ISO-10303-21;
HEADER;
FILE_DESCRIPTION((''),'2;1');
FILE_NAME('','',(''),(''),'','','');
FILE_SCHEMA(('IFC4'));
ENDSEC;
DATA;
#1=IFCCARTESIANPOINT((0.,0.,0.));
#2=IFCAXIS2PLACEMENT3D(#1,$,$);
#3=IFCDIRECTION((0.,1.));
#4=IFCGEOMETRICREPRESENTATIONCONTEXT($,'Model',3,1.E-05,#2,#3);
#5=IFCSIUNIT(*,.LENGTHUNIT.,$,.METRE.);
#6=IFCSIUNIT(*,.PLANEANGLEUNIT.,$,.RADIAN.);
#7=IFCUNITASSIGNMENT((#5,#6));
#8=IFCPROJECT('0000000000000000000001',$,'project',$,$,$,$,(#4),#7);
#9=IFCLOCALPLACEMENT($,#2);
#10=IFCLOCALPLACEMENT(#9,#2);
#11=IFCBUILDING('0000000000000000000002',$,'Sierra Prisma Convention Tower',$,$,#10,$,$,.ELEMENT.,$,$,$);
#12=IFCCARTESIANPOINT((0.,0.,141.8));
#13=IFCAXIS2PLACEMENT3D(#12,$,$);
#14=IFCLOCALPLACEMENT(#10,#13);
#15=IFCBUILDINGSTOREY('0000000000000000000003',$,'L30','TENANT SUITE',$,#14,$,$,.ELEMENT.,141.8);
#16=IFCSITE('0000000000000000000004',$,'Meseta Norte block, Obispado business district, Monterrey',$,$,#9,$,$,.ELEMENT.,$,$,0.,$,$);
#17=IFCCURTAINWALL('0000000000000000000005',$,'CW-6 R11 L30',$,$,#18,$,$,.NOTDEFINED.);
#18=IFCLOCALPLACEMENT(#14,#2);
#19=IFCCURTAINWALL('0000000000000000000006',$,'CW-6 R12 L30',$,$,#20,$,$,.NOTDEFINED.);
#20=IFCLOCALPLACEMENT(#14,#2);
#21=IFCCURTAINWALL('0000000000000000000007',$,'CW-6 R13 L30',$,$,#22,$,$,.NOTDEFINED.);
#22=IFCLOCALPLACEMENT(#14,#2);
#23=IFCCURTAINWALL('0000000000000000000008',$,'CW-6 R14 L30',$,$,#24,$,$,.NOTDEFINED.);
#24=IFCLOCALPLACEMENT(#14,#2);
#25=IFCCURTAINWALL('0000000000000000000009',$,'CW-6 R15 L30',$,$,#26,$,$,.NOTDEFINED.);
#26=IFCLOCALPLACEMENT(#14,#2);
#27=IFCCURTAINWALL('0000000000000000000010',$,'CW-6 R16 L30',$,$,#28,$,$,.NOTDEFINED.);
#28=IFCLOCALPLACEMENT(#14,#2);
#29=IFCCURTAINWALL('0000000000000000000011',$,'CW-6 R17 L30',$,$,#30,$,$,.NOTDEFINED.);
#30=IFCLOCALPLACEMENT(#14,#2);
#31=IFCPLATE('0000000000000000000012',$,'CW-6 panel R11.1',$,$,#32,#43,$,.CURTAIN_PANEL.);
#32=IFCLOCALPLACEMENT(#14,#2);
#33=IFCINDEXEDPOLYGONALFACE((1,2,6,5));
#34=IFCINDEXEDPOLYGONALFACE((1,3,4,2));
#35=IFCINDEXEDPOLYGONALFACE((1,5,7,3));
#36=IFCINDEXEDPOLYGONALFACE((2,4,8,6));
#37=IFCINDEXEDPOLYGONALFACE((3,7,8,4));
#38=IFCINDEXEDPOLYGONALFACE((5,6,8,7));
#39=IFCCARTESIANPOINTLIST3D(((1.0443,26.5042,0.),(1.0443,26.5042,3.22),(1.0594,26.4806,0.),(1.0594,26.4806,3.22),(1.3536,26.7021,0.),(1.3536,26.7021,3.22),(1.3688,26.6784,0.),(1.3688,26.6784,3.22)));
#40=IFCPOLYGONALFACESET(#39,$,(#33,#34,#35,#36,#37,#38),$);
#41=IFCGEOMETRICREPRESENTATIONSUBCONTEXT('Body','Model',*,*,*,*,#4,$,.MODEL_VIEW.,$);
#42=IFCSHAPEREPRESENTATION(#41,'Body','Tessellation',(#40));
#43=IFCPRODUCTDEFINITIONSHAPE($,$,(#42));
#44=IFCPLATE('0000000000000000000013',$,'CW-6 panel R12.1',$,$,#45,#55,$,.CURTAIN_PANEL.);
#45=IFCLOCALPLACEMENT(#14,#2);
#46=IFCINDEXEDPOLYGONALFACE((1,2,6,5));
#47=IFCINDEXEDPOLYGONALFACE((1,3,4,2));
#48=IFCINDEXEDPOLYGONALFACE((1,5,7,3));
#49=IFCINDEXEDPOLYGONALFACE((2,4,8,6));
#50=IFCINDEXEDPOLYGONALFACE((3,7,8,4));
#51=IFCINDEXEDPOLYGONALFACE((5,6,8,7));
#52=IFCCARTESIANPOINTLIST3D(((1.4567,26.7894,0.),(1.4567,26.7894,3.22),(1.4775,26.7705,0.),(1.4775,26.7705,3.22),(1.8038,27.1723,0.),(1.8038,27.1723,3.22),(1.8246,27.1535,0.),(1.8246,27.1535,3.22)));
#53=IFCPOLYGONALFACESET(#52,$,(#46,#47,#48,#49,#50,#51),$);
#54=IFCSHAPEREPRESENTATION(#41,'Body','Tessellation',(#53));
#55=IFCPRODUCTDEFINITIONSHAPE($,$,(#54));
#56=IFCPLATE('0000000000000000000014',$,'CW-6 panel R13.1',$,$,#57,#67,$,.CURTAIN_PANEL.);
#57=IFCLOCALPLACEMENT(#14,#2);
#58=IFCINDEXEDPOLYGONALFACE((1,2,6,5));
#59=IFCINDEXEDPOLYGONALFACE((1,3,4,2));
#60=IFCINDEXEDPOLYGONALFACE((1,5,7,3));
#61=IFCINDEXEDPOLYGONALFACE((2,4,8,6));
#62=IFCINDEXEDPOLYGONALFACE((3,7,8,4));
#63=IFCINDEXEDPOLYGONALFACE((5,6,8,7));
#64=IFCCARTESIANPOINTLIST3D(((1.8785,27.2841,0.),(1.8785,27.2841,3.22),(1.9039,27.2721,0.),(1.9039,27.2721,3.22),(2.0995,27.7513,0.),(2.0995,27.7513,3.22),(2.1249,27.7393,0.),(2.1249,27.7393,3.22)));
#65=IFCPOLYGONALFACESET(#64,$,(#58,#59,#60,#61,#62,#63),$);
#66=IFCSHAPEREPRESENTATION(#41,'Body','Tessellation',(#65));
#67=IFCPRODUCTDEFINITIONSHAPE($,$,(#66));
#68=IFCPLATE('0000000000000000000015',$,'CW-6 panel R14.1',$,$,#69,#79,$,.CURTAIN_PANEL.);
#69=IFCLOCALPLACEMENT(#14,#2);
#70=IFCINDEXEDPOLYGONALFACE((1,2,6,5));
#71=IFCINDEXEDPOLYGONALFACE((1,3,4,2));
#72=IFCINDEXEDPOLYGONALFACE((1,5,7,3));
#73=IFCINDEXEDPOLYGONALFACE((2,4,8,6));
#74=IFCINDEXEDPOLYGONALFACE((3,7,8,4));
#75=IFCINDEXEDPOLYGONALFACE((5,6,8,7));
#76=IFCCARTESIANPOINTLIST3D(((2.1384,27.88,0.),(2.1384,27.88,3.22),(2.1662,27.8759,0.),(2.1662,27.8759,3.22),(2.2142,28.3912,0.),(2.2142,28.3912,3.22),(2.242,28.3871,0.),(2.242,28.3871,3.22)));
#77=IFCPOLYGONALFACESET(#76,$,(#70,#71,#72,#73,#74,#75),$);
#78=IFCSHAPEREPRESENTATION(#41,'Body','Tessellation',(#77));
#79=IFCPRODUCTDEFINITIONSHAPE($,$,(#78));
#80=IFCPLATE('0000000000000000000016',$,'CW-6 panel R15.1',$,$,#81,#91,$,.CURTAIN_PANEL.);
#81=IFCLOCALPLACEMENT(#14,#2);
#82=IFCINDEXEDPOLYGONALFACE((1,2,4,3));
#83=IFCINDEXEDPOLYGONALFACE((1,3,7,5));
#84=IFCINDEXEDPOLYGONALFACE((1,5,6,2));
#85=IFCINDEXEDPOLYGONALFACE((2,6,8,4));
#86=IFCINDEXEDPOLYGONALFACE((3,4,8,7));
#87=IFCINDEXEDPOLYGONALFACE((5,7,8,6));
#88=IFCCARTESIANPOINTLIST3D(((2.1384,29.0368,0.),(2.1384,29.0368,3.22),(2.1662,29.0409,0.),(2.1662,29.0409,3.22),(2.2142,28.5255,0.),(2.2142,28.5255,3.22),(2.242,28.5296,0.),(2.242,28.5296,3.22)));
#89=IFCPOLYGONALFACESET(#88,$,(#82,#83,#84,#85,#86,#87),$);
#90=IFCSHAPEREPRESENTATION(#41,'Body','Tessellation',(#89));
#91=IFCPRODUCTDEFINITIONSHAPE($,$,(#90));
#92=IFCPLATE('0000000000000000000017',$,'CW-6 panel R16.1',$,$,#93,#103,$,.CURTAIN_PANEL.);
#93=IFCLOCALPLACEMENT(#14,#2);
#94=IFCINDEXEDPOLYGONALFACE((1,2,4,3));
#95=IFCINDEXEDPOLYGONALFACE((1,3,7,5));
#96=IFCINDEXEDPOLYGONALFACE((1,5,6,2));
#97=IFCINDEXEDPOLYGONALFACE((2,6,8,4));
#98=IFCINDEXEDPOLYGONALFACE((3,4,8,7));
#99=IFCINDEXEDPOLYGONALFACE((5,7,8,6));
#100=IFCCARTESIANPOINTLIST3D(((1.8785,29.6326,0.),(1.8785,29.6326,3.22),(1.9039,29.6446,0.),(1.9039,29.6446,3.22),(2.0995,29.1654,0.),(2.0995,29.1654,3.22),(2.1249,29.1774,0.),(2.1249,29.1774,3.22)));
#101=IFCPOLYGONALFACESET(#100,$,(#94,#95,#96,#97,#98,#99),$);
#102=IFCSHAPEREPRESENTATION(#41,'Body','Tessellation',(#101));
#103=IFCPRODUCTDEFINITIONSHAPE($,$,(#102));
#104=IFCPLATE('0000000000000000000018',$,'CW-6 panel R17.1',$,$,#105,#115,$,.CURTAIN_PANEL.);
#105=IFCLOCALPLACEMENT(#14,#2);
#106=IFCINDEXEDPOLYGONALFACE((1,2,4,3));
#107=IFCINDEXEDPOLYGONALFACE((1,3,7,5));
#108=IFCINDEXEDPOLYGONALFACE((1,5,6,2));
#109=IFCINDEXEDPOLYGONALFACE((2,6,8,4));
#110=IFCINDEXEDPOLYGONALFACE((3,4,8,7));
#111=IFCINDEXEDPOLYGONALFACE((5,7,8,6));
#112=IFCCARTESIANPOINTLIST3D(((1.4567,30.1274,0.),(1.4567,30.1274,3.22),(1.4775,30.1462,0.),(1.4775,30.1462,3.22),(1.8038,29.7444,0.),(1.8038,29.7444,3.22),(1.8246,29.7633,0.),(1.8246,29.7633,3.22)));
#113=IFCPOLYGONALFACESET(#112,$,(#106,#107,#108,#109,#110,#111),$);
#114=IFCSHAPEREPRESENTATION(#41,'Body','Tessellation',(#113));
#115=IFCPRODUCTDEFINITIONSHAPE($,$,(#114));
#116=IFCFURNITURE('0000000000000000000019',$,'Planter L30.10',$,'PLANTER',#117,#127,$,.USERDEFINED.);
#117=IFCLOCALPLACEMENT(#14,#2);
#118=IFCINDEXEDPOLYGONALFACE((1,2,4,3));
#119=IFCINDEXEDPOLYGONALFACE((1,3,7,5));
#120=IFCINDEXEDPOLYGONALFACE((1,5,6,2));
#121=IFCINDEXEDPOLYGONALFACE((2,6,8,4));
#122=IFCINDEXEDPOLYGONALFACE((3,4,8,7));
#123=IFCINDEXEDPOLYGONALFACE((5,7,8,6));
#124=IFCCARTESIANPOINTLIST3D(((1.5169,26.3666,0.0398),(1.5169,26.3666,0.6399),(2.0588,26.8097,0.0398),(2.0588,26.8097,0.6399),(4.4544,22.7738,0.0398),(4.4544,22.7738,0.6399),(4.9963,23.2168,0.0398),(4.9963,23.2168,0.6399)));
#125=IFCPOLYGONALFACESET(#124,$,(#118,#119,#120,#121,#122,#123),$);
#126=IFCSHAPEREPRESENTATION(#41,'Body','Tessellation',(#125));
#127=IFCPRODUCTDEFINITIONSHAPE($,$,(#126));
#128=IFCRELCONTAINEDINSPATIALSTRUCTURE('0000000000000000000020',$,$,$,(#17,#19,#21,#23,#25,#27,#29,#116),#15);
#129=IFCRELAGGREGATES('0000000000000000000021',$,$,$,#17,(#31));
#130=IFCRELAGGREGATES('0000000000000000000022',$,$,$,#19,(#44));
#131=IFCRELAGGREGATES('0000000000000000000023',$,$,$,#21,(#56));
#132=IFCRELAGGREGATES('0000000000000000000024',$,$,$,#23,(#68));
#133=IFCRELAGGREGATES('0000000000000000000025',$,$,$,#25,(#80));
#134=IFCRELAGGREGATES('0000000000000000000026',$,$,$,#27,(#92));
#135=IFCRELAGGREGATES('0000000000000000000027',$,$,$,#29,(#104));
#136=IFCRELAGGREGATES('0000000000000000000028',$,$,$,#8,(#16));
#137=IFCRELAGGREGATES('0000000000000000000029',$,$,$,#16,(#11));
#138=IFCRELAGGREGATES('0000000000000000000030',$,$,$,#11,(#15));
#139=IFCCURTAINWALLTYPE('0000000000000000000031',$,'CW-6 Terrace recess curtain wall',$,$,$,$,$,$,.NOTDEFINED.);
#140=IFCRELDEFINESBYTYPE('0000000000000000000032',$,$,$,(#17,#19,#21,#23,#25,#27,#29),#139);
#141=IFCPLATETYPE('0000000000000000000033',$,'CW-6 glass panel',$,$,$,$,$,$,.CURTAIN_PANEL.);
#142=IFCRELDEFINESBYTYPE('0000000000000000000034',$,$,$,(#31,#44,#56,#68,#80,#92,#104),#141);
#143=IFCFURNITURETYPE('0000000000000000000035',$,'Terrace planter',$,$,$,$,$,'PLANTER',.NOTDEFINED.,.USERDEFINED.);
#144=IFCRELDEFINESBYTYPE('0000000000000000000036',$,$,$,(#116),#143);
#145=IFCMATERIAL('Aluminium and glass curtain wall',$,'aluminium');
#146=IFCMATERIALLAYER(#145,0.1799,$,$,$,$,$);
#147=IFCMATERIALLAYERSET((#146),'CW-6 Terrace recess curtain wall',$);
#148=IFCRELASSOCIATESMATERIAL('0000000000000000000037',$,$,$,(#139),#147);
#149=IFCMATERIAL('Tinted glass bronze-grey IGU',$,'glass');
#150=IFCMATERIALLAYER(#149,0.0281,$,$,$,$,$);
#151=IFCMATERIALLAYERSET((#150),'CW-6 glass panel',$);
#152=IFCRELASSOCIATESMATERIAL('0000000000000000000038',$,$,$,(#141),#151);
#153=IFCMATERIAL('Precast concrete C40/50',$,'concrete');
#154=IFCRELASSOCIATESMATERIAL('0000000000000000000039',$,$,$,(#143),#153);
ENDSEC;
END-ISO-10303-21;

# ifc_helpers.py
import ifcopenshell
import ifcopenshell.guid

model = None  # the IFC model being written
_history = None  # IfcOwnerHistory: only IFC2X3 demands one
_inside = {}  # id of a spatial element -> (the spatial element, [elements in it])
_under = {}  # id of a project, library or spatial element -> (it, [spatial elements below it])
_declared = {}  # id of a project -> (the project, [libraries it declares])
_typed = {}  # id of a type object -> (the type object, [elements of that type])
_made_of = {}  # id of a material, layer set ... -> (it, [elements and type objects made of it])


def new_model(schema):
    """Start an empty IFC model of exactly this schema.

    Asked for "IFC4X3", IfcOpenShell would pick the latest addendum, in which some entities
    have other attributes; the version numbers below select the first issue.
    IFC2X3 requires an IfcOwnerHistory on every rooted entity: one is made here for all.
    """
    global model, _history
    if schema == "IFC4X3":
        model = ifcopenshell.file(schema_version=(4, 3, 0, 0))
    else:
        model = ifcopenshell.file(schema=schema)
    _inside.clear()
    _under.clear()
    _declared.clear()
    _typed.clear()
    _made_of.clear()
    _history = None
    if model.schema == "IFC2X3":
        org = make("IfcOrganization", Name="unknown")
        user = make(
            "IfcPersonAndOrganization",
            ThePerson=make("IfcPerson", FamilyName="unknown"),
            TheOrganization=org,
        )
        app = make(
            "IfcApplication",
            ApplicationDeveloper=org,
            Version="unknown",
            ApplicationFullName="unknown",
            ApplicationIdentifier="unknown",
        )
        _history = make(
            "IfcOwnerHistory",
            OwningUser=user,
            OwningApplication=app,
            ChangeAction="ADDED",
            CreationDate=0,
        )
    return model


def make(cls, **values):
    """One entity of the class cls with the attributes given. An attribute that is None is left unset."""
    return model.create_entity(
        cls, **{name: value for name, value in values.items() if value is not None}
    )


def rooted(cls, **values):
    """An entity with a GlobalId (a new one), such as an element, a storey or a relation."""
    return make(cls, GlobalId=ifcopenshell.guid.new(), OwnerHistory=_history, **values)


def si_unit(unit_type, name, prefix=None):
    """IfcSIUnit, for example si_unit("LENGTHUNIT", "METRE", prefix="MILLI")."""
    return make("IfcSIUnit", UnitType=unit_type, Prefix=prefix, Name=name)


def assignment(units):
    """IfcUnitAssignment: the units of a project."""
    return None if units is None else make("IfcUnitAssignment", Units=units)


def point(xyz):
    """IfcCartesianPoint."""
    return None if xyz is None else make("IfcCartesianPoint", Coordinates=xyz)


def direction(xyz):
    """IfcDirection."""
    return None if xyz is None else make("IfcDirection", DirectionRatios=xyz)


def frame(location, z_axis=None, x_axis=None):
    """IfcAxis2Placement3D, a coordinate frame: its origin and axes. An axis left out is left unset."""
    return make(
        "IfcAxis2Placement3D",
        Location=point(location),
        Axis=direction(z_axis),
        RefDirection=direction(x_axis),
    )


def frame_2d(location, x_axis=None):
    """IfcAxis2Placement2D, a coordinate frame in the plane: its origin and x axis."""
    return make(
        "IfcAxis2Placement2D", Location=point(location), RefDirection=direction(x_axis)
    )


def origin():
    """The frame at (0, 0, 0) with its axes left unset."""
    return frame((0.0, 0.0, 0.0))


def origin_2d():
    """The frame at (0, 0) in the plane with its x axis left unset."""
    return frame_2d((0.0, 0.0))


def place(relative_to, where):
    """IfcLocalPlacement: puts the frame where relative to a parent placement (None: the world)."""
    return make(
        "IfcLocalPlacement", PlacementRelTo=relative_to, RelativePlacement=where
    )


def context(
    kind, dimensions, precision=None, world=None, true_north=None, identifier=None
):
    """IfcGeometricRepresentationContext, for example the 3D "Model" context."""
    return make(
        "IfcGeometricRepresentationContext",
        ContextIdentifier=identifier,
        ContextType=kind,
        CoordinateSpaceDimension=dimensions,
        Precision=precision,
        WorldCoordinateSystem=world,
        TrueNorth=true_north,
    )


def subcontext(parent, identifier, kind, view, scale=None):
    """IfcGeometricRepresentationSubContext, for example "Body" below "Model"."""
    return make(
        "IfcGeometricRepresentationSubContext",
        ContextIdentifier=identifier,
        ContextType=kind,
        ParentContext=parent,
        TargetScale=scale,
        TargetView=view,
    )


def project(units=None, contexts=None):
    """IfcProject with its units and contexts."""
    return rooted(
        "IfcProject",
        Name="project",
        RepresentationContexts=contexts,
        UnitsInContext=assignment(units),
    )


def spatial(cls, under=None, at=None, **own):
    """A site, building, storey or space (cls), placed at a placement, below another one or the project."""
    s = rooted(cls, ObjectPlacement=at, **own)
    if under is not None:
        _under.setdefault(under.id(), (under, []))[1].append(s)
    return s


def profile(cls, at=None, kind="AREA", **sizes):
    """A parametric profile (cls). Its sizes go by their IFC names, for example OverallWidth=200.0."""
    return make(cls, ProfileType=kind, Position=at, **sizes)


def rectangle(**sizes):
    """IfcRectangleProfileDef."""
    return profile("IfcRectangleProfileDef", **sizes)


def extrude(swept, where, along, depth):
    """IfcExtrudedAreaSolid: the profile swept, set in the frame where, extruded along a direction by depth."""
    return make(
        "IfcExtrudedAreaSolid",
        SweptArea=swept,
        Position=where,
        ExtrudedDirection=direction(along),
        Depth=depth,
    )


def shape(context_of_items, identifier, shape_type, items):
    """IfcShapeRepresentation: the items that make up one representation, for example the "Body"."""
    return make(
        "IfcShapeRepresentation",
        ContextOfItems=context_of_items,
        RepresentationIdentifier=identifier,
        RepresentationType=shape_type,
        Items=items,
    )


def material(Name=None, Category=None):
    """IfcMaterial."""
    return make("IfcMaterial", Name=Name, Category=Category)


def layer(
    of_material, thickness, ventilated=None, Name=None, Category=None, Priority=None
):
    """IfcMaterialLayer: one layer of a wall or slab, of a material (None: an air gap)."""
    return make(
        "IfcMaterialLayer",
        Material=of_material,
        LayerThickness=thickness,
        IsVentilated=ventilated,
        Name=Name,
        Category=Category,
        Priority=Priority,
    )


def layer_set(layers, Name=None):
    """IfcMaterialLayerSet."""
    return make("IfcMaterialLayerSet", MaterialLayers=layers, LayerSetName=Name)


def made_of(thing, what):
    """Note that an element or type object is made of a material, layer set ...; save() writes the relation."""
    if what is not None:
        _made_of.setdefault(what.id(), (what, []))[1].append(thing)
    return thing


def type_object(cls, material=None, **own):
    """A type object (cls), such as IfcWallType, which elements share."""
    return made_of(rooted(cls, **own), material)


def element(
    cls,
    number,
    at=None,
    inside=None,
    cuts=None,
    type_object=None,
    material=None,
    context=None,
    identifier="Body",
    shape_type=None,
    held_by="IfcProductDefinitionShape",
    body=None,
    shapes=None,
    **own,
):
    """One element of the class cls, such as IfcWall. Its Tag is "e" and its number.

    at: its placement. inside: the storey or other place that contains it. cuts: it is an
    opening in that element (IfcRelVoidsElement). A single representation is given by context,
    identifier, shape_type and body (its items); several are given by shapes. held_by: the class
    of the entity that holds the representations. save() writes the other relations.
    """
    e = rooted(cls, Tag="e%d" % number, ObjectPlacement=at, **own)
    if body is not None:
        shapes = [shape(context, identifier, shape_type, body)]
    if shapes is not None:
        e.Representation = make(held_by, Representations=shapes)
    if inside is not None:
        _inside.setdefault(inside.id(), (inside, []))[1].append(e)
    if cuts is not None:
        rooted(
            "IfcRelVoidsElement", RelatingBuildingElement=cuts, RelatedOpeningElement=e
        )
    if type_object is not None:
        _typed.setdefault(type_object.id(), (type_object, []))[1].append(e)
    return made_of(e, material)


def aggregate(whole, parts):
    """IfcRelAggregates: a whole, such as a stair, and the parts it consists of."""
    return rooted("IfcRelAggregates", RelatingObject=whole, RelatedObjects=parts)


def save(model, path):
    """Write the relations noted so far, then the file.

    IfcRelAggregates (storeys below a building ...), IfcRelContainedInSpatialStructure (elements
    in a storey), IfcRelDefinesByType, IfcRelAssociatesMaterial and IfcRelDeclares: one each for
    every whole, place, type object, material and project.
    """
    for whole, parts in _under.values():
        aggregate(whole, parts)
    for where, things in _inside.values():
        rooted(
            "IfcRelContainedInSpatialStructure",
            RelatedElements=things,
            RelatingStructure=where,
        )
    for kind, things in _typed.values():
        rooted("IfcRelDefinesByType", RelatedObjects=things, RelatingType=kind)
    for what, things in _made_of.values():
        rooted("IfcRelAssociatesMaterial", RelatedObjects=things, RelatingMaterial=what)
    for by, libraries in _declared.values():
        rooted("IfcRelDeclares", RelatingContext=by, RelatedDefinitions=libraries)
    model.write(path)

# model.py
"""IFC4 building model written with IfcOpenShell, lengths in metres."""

from ifc_helpers import new_model, si_unit, direction, frame, origin, origin_2d, place, context, subcontext, project, spatial, rectangle, extrude, material, layer, layer_set, type_object, element, aggregate, save


model = new_model("IFC4")

# Units and contexts
model_context = context("Model", 3, precision=1e-05, world=origin(), true_north=direction((0.0, 1.0)))
body_context = subcontext(model_context, "Body", "Model", "MODEL_VIEW")
ifc_project = project(units=[si_unit("LENGTHUNIT", "METRE"), si_unit("PLANEANGLEUNIT", "RADIAN")], contexts=[model_context])

# Site, building, storey
site_placement = place(None, origin())
site = spatial("IfcSite", under=ifc_project, at=site_placement, Name="Meseta Norte block, Obispado business district, Monterrey", CompositionType="ELEMENT", RefElevation=0.0)
building_placement = place(site_placement, origin())
building = spatial("IfcBuilding", under=site, at=building_placement, Name="Sierra Prisma Convention Tower", CompositionType="ELEMENT")
storey_placement = place(building_placement, frame((0.0, 0.0, 141.8)))
storey = spatial("IfcBuildingStorey", under=building, at=storey_placement, Name="L30", Description="TENANT SUITE", CompositionType="ELEMENT", Elevation=141.8)

# Curtain walls
ifc_material_1 = material(Name="Aluminium and glass curtain wall", Category="aluminium")
ifc_layer_1 = layer(ifc_material_1, 0.1799)
ifc_layer_set_1 = layer_set([ifc_layer_1], Name="CW-6 Terrace recess curtain wall")
curtain_wall_type = type_object("IfcCurtainWallType", Name="CW-6 Terrace recess curtain wall", PredefinedType="NOTDEFINED", material=ifc_layer_set_1)
curtain_wall_1_placement = place(storey_placement, origin())
curtain_wall_1 = element("IfcCurtainWall", 1, at=curtain_wall_1_placement, inside=storey, type_object=curtain_wall_type, Name="CW-6 R11 L30", PredefinedType="NOTDEFINED")
curtain_wall_2_placement = place(storey_placement, origin())
curtain_wall_2 = element("IfcCurtainWall", 2, at=curtain_wall_2_placement, inside=storey, type_object=curtain_wall_type, Name="CW-6 R12 L30", PredefinedType="NOTDEFINED")
curtain_wall_3_placement = place(storey_placement, origin())
curtain_wall_3 = element("IfcCurtainWall", 3, at=curtain_wall_3_placement, inside=storey, type_object=curtain_wall_type, Name="CW-6 R13 L30", PredefinedType="NOTDEFINED")
curtain_wall_4_placement = place(storey_placement, origin())
curtain_wall_4 = element("IfcCurtainWall", 4, at=curtain_wall_4_placement, inside=storey, type_object=curtain_wall_type, Name="CW-6 R14 L30", PredefinedType="NOTDEFINED")
curtain_wall_5_placement = place(storey_placement, origin())
curtain_wall_5 = element("IfcCurtainWall", 5, at=curtain_wall_5_placement, inside=storey, type_object=curtain_wall_type, Name="CW-6 R15 L30", PredefinedType="NOTDEFINED")
curtain_wall_6_placement = place(storey_placement, origin())
curtain_wall_6 = element("IfcCurtainWall", 6, at=curtain_wall_6_placement, inside=storey, type_object=curtain_wall_type, Name="CW-6 R16 L30", PredefinedType="NOTDEFINED")
curtain_wall_7_placement = place(storey_placement, origin())
curtain_wall_7 = element("IfcCurtainWall", 7, at=curtain_wall_7_placement, inside=storey, type_object=curtain_wall_type, Name="CW-6 R17 L30", PredefinedType="NOTDEFINED")

# Plates
ifc_material_2 = material(Name="Tinted glass bronze-grey IGU", Category="glass")
ifc_layer_2 = layer(ifc_material_2, 0.0281)
ifc_layer_set_2 = layer_set([ifc_layer_2], Name="CW-6 glass panel")
plate_type = type_object("IfcPlateType", Name="CW-6 glass panel", PredefinedType="CURTAIN_PANEL", material=ifc_layer_set_2)
plate_1_placement = place(storey_placement, frame((1.2065, 26.5913, 0.0), z_axis=(0.0, 0.0, 1.0), x_axis=(0.842396, 0.538859, 0.0)))
plate_1 = element("IfcPlate", 8, at=plate_1_placement, type_object=plate_type, Name="CW-6 panel R11.1", PredefinedType="CURTAIN_PANEL", context=body_context, shape_type="SweptSolid", body=[
    extrude(rectangle(XDim=0.3672, YDim=0.0281, at=origin_2d()), origin(), (0.0, 0.0, 1.0), 3.22),
])
aggregate(curtain_wall_1, [plate_1])
plate_2_placement = place(storey_placement, frame((1.6406, 26.9714, 0.0), z_axis=(0.0, 0.0, 1.0), x_axis=(0.671559, 0.740951, 0.0)))
plate_2 = element("IfcPlate", 9, at=plate_2_placement, type_object=plate_type, Name="CW-6 panel R12.1", PredefinedType="CURTAIN_PANEL", context=body_context, shape_type="SweptSolid", body=[
    extrude(rectangle(XDim=0.5168, YDim=0.0281, at=origin_2d()), origin(), (0.0, 0.0, 1.0), 3.22),
])
aggregate(curtain_wall_2, [plate_2])
plate_3_placement = place(storey_placement, frame((2.0017, 27.5117, 0.0), z_axis=(0.0, 0.0, 1.0), x_axis=(0.427555, 0.903989, 0.0)))
plate_3 = element("IfcPlate", 10, at=plate_3_placement, type_object=plate_type, Name="CW-6 panel R13.1", PredefinedType="CURTAIN_PANEL", context=body_context, shape_type="SweptSolid", body=[
    extrude(rectangle(XDim=0.5168, YDim=0.0281, at=origin_2d()), origin(), (0.0, 0.0, 1.0), 3.22),
])
aggregate(curtain_wall_3, [plate_3])
plate_4_placement = place(storey_placement, frame((2.1902, 28.1335, 0.0), z_axis=(0.0, 0.0, 1.0), x_axis=(0.14673, 0.989177, 0.0)))
plate_4 = element("IfcPlate", 11, at=plate_4_placement, type_object=plate_type, Name="CW-6 panel R14.1", PredefinedType="CURTAIN_PANEL", context=body_context, shape_type="SweptSolid", body=[
    extrude(rectangle(XDim=0.5168, YDim=0.0281, at=origin_2d()), origin(), (0.0, 0.0, 1.0), 3.22),
])
aggregate(curtain_wall_4, [plate_4])
plate_5_placement = place(storey_placement, frame((2.1902, 28.7832, 0.0), z_axis=(0.0, 0.0, 1.0), x_axis=(-0.14673, 0.989177, 0.0)))
plate_5 = element("IfcPlate", 12, at=plate_5_placement, type_object=plate_type, Name="CW-6 panel R15.1", PredefinedType="CURTAIN_PANEL", context=body_context, shape_type="SweptSolid", body=[
    extrude(rectangle(XDim=0.5168, YDim=0.0281, at=origin_2d()), origin(), (0.0, 0.0, 1.0), 3.22),
])
aggregate(curtain_wall_5, [plate_5])
plate_6_placement = place(storey_placement, frame((2.0017, 29.405, 0.0), z_axis=(0.0, 0.0, 1.0), x_axis=(-0.427555, 0.903989, 0.0)))
plate_6 = element("IfcPlate", 13, at=plate_6_placement, type_object=plate_type, Name="CW-6 panel R16.1", PredefinedType="CURTAIN_PANEL", context=body_context, shape_type="SweptSolid", body=[
    extrude(rectangle(XDim=0.5168, YDim=0.0281, at=origin_2d()), origin(), (0.0, 0.0, 1.0), 3.22),
])
aggregate(curtain_wall_6, [plate_6])
plate_7_placement = place(storey_placement, frame((1.6406, 29.9453, 0.0), z_axis=(0.0, 0.0, 1.0), x_axis=(-0.671559, 0.740951, 0.0)))
plate_7 = element("IfcPlate", 14, at=plate_7_placement, type_object=plate_type, Name="CW-6 panel R17.1", PredefinedType="CURTAIN_PANEL", context=body_context, shape_type="SweptSolid", body=[
    extrude(rectangle(XDim=0.5168, YDim=0.0281, at=origin_2d()), origin(), (0.0, 0.0, 1.0), 3.22),
])
aggregate(curtain_wall_7, [plate_7])

# Furniture
ifc_material_3 = material(Name="Precast concrete C40/50", Category="concrete")
furniture_type = type_object("IfcFurnitureType", Name="Terrace planter", ElementType="PLANTER", AssemblyPlace="NOTDEFINED", PredefinedType="USERDEFINED", material=ifc_material_3)
furniture_placement = place(storey_placement, frame((3.2566, 24.7917, 0.0398), z_axis=(0.0, 0.0, 1.0), x_axis=(-0.632971, 0.774176, 0.0)))
element("IfcFurniture", 15, at=furniture_placement, inside=storey, type_object=furniture_type, Name="Planter L30.10", ObjectType="PLANTER", PredefinedType="USERDEFINED", context=body_context, shape_type="SweptSolid", body=[
    extrude(rectangle(XDim=4.6409, YDim=0.7, at=origin_2d()), origin(), (0.0, 0.0, 1.0), 0.6001),
])

save(model, "model.ifc")
